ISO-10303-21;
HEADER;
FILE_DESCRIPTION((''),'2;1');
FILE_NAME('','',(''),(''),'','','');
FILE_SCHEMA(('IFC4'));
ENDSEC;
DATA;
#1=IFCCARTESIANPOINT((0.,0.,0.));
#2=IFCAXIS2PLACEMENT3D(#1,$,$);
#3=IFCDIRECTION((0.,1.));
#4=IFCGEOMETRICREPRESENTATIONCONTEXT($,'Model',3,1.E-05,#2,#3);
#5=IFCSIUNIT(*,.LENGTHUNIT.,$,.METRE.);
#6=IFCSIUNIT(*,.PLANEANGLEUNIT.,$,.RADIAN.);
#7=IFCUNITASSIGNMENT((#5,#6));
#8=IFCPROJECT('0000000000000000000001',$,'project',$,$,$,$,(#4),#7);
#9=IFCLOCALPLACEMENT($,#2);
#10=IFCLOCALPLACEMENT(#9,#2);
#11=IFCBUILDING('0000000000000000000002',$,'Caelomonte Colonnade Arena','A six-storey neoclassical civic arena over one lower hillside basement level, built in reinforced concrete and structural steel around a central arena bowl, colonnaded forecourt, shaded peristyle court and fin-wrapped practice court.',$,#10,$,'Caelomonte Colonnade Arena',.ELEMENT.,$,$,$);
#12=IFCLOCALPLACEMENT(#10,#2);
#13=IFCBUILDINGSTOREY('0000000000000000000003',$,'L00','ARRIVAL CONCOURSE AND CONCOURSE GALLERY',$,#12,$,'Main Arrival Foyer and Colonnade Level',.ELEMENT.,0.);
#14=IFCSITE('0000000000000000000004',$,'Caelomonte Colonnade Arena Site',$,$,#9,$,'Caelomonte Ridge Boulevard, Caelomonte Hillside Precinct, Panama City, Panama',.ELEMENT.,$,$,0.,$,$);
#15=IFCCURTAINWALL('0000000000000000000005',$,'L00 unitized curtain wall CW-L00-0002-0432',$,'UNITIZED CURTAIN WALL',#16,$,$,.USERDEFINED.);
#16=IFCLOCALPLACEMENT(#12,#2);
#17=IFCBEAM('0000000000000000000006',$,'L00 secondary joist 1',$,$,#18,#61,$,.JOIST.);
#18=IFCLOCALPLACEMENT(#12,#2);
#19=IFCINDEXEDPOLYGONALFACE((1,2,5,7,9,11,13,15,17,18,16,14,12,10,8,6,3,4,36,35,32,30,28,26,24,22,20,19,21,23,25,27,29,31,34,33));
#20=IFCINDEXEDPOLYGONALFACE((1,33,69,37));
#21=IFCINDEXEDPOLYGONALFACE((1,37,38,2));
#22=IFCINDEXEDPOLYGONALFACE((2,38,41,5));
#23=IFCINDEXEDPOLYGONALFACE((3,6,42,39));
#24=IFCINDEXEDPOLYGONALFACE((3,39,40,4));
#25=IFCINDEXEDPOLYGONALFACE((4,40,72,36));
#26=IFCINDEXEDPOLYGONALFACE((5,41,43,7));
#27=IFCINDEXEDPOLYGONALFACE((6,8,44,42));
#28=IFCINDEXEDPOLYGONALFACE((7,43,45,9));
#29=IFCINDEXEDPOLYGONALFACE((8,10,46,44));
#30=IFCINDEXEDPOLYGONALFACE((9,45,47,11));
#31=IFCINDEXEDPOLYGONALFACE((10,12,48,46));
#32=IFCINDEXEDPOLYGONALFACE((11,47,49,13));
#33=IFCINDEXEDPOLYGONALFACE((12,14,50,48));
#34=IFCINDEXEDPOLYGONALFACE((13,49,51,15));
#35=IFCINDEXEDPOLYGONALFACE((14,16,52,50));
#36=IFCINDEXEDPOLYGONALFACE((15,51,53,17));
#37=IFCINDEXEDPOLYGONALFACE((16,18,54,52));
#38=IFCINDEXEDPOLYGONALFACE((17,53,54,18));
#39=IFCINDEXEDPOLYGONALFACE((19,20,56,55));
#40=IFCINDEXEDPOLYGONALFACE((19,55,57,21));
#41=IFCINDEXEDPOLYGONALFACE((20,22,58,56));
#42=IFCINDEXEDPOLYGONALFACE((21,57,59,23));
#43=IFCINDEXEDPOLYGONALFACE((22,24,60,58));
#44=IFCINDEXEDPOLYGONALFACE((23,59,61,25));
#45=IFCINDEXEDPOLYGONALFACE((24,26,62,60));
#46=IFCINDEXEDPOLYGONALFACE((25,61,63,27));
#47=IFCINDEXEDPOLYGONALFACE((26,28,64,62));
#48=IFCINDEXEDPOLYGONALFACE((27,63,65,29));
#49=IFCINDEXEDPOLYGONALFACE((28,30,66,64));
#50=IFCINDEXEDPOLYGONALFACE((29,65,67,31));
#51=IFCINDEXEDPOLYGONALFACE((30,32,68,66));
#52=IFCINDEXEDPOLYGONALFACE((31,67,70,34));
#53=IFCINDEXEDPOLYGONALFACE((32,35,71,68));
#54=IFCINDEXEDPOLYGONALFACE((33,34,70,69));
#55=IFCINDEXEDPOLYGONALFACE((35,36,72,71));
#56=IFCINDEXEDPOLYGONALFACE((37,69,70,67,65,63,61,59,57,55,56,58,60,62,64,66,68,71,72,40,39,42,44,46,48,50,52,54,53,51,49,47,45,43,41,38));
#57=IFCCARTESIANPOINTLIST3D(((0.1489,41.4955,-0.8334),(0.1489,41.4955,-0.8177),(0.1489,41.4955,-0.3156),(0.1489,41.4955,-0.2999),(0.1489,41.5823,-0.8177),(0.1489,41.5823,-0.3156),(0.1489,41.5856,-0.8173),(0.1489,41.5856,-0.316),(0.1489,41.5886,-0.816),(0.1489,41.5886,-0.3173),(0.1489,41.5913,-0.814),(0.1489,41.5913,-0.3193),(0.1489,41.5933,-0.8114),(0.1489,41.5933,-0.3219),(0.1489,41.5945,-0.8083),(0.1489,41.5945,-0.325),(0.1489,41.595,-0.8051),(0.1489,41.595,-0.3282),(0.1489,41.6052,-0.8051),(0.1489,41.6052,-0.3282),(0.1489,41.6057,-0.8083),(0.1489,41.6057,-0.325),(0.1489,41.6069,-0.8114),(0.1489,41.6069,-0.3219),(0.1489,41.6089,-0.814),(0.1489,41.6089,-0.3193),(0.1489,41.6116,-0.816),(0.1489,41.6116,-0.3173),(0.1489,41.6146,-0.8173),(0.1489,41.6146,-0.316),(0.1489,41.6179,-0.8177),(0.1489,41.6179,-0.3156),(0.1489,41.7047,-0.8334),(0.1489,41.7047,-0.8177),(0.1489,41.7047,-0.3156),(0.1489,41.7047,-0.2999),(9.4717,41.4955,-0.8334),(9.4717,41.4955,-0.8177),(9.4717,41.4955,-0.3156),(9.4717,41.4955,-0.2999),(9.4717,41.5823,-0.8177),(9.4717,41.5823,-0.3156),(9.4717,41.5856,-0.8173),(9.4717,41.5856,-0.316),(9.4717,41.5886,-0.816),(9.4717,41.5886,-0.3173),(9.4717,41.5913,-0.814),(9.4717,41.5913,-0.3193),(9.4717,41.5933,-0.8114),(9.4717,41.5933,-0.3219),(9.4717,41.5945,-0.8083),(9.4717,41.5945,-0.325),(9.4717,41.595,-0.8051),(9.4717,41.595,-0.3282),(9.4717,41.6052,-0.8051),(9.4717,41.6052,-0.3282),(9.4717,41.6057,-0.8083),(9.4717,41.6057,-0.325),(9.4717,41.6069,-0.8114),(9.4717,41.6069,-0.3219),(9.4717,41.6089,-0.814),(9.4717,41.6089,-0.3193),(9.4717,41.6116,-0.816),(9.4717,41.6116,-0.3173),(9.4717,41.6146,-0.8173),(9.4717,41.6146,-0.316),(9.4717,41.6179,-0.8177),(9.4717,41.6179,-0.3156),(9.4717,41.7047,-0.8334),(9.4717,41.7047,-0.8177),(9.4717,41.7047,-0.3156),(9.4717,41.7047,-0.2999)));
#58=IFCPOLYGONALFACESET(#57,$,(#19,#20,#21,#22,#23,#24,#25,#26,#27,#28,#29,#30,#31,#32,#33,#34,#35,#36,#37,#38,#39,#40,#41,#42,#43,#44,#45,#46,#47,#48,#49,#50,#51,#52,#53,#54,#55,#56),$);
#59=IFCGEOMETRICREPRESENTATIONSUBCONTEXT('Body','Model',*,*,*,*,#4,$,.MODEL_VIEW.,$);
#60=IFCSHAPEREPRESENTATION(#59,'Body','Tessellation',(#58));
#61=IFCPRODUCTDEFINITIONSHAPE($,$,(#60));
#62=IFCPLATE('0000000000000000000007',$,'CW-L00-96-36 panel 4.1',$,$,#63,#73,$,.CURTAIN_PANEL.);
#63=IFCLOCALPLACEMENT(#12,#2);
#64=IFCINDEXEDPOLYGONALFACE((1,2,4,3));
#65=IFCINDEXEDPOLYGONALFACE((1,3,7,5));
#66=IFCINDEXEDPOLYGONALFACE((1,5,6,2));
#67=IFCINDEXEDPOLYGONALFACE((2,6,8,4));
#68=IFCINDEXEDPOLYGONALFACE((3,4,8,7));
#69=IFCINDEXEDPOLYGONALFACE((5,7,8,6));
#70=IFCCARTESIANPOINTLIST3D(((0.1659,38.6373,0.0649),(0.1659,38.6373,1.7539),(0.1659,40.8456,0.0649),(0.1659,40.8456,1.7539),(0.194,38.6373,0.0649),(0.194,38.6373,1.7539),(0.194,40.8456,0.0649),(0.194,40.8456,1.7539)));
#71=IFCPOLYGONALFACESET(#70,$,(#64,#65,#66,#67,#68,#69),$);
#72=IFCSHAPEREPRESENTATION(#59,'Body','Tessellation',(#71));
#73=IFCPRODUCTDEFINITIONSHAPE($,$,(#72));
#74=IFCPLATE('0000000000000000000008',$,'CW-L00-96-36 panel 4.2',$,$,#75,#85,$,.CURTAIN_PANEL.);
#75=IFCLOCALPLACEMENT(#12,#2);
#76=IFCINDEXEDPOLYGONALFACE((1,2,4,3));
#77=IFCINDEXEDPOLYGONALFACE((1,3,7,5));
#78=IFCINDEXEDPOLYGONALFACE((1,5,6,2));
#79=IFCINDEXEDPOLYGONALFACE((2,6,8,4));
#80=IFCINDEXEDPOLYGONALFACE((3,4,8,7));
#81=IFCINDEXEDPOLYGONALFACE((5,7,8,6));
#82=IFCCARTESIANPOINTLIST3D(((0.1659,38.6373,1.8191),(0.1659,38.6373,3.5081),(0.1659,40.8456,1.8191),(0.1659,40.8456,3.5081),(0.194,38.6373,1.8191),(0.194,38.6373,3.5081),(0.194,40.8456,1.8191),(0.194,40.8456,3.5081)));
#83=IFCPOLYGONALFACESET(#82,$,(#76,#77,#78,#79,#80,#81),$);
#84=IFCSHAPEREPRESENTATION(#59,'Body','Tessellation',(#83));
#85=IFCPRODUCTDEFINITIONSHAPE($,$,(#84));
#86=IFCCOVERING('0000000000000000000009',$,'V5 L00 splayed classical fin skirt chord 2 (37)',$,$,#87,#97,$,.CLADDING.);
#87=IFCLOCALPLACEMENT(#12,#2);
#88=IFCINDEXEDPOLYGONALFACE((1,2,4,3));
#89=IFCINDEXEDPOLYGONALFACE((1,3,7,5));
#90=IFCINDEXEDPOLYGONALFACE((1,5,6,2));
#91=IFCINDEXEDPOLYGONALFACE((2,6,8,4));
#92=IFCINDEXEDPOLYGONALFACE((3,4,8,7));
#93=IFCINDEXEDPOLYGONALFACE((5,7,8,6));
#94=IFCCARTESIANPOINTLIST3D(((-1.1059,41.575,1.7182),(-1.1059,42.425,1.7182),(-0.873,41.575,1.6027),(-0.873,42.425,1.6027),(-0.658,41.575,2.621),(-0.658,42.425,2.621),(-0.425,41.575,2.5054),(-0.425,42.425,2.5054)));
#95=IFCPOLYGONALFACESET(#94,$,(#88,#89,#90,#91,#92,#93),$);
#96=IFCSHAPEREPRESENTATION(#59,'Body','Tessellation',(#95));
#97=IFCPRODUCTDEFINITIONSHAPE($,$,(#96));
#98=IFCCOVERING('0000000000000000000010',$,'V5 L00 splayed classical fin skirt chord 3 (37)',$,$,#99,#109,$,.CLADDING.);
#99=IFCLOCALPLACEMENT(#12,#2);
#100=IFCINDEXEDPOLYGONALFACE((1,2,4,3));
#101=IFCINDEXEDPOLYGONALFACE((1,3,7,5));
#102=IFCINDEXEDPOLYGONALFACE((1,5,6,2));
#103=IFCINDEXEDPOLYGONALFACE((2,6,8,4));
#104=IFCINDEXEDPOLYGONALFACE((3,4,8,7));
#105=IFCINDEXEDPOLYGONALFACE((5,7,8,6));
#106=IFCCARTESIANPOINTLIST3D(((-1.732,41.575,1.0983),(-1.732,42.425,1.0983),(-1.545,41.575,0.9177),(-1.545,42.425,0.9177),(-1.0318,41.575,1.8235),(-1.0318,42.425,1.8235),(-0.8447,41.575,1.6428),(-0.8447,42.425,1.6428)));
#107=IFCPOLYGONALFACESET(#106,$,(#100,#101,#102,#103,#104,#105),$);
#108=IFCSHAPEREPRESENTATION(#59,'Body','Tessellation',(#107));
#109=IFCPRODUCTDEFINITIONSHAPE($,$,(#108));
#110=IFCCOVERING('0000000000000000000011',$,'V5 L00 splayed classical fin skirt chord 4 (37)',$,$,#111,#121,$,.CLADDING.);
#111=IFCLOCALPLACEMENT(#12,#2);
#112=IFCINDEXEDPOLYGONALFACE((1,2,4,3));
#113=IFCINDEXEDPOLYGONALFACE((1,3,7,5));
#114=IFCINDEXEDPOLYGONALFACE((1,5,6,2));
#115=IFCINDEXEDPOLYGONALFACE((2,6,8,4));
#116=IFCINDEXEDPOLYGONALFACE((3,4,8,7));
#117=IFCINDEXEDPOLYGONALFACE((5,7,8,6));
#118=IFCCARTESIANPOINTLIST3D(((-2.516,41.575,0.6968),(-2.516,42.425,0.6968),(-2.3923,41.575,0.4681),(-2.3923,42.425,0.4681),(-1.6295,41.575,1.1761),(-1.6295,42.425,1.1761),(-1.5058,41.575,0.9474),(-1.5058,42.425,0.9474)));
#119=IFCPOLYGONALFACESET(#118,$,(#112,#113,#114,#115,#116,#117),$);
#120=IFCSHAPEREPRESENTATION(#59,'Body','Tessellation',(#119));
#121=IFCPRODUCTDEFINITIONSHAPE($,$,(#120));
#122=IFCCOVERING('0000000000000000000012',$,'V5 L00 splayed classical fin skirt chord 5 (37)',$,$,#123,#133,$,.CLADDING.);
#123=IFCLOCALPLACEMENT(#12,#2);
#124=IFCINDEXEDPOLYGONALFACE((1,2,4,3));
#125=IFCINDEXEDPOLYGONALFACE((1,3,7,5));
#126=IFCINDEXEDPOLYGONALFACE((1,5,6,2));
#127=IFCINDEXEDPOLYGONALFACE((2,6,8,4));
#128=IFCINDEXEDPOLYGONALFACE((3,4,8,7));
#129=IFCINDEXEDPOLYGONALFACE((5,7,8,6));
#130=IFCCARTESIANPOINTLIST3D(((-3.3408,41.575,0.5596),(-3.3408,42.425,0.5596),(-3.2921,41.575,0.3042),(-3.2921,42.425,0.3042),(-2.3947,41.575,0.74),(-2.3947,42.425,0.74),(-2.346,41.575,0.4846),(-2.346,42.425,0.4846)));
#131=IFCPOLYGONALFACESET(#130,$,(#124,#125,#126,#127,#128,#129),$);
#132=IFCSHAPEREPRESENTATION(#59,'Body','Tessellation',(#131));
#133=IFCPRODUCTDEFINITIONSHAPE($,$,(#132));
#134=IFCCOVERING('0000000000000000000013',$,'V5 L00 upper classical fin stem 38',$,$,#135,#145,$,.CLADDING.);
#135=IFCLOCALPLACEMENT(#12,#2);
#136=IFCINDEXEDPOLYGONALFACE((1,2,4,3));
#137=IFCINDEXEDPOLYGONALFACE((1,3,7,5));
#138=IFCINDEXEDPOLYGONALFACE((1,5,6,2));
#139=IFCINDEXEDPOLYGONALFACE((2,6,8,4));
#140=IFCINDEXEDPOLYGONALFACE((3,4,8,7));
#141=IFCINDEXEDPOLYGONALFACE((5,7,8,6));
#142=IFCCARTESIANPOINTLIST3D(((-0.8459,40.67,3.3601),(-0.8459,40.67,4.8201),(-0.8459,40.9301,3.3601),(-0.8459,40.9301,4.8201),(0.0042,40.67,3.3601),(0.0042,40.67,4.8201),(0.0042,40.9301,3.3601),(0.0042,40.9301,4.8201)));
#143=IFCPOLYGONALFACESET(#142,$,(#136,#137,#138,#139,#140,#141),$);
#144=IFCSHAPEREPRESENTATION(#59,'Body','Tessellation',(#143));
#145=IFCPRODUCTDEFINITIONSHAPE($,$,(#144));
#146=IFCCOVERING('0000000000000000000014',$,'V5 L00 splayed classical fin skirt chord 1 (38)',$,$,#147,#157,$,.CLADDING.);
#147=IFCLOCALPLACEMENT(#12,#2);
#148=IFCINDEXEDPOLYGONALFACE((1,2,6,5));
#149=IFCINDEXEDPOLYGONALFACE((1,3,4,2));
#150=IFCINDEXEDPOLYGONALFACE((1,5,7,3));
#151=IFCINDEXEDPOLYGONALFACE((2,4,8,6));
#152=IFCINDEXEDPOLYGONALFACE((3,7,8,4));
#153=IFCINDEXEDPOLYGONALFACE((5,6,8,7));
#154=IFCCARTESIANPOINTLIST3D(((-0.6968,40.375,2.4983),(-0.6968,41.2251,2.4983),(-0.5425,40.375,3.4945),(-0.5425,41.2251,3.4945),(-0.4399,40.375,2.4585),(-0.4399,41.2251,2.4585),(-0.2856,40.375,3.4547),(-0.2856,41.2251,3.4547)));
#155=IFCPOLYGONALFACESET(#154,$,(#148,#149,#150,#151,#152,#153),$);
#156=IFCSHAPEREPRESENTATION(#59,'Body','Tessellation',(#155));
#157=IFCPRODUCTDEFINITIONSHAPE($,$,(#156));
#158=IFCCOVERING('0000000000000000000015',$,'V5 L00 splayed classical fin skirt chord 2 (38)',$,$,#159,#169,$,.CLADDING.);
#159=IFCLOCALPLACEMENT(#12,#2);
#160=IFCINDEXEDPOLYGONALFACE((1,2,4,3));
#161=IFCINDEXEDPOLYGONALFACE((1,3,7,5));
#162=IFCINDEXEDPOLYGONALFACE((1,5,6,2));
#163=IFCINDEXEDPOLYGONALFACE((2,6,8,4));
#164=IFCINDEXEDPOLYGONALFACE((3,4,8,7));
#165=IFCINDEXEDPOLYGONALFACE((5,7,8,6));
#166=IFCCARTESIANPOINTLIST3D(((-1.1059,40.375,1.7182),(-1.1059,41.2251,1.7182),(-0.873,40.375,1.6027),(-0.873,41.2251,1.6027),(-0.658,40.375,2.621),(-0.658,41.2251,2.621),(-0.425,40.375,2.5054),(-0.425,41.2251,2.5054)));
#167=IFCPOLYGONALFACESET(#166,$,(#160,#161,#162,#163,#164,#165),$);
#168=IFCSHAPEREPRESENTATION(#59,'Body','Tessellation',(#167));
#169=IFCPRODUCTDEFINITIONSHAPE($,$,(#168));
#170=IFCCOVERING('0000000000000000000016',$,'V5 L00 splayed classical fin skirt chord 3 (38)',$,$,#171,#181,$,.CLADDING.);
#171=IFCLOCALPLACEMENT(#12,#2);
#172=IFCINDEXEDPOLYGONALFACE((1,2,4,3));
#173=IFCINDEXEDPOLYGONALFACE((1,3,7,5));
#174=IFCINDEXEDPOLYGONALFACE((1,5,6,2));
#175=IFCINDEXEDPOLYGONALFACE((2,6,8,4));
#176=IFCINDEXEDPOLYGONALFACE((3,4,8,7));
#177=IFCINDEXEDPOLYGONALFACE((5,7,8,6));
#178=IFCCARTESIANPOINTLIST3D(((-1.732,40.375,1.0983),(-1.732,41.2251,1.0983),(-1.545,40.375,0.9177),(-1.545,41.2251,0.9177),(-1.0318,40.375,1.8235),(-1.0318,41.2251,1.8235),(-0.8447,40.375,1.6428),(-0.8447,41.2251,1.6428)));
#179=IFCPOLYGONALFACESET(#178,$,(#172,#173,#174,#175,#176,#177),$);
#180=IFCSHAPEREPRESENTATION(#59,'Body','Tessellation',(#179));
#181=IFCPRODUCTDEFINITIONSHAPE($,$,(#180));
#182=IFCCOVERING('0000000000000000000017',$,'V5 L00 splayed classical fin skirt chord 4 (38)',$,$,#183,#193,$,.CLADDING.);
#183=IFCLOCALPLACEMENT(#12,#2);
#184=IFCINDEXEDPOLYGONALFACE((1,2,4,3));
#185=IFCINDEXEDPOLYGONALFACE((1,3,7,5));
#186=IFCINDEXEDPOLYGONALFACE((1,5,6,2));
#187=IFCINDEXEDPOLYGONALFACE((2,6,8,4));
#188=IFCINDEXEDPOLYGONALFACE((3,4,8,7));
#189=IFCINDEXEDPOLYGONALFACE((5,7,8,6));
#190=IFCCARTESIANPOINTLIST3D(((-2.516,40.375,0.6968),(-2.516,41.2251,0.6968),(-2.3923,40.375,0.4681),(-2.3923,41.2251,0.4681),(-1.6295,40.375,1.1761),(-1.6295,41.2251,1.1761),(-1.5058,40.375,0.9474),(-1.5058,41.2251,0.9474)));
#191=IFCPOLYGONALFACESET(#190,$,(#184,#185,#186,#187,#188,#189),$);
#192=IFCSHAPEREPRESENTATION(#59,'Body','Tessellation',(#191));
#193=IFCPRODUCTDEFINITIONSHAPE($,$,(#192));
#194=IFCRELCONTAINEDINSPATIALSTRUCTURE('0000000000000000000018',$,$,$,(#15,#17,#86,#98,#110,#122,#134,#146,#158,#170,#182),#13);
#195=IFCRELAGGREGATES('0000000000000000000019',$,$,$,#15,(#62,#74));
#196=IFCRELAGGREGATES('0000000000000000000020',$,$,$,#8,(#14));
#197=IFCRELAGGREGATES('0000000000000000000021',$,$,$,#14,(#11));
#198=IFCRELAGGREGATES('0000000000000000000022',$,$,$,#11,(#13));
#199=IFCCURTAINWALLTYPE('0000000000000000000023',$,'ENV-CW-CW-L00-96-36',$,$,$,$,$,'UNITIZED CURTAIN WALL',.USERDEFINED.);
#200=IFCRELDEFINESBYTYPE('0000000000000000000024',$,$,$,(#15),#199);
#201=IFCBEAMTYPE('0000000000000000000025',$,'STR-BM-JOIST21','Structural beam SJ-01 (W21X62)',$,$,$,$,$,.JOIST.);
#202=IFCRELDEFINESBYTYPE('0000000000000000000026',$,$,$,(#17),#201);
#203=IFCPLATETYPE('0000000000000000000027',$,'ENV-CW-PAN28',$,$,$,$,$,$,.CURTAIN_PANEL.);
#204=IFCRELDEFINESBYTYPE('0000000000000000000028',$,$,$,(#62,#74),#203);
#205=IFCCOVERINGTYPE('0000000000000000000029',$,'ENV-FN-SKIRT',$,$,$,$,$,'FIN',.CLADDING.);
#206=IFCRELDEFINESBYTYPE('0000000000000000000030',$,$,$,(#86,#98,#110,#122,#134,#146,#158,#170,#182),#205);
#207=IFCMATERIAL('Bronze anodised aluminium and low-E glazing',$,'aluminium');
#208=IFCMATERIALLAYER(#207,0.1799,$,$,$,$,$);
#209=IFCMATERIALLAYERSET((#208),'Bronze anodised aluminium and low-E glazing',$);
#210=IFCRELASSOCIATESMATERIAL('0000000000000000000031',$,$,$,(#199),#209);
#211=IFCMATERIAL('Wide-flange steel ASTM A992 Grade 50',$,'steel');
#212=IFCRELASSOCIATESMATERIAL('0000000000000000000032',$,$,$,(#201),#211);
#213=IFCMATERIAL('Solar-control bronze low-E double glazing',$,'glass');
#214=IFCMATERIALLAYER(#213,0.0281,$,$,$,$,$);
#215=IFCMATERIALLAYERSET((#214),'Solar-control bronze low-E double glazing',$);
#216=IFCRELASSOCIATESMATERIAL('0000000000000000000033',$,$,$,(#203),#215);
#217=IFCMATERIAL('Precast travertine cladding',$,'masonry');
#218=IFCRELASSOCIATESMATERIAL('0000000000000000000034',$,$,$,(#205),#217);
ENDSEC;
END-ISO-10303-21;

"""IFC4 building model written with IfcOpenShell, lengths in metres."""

from ifc_helpers import new_model, si_unit, direction, frame, origin, origin_2d, place, context, subcontext, project, spatial, rectangle, i_section, extrude, material, layer, layer_set, material_profile, profile_set, type_object, element, aggregate, save


model = new_model("IFC4")

# Units and contexts
model_context = context("Model", 3, precision=1e-05, world=origin(), true_north=direction((0.0, 1.0)))
body_context = subcontext(model_context, "Body", "Model", "MODEL_VIEW")
ifc_project = project(units=[si_unit("LENGTHUNIT", "METRE"), si_unit("PLANEANGLEUNIT", "RADIAN")], contexts=[model_context])

# Site, building, storey
site_placement = place(None, origin())
site = spatial("IfcSite", under=ifc_project, at=site_placement, Name="Caelomonte Colonnade Arena Site", LongName="Caelomonte Ridge Boulevard, Caelomonte Hillside Precinct, Panama City, Panama", CompositionType="ELEMENT", RefElevation=0.0)
building_placement = place(site_placement, origin())
building = spatial("IfcBuilding", under=site, at=building_placement, Name="Caelomonte Colonnade Arena", Description="A six-storey neoclassical civic arena over one lower hillside basement level, built in reinforced concrete and structural steel around a central arena bowl, colonnaded forecourt, shaded peristyle court and fin-wrapped practice court.", LongName="Caelomonte Colonnade Arena", CompositionType="ELEMENT")
storey_placement = place(building_placement, origin())
storey = spatial("IfcBuildingStorey", under=building, at=storey_placement, Name="L00", Description="ARRIVAL CONCOURSE AND CONCOURSE GALLERY", LongName="Main Arrival Foyer and Colonnade Level", CompositionType="ELEMENT", Elevation=0.0)

# Curtain wall
ifc_material_1 = material(Name="Bronze anodised aluminium and low-E glazing", Category="aluminium")
ifc_layer_1 = layer(ifc_material_1, 0.1799)
ifc_layer_set_1 = layer_set([ifc_layer_1], Name="Bronze anodised aluminium and low-E glazing")
curtain_wall_type = type_object("IfcCurtainWallType", Name="ENV-CW-CW-L00-96-36", ElementType="UNITIZED CURTAIN WALL", PredefinedType="USERDEFINED", material=ifc_layer_set_1)
curtain_wall_placement = place(storey_placement, origin())
curtain_wall = element("IfcCurtainWall", 1, at=curtain_wall_placement, inside=storey, type_object=curtain_wall_type, Name="L00 unitized curtain wall CW-L00-0002-0432", ObjectType="UNITIZED CURTAIN WALL", PredefinedType="USERDEFINED")

# Beam
ifc_material_2 = material(Name="Wide-flange steel ASTM A992 Grade 50", Category="steel")
ifc_material_profile_1 = material_profile(ifc_material_2, i_section(OverallWidth=0.2092, OverallDepth=0.5334, WebThickness=0.0103, FlangeThickness=0.0156, FilletRadius=0.0127, at=origin_2d()), Name="W21X62")
ifc_profile_set_1 = profile_set([ifc_material_profile_1], Name="Wide-flange steel ASTM A992 Grade 50")
beam_type_1 = type_object("IfcBeamType", Name="STR-BM-JOIST21", Description="Structural beam SJ-01 (W21X62)", PredefinedType="JOIST", material=ifc_profile_set_1)
beam_1_placement = place(storey_placement, frame((0.1489, 41.6001, -0.5667), z_axis=(1.0, 0.0, 0.0), x_axis=(0.0, 1.0, 0.0)))
element("IfcBeam", 2, at=beam_1_placement, inside=storey, type_object=beam_type_1, Name="L00 secondary joist 1", PredefinedType="JOIST", context=body_context, shape_type="SweptSolid", body=[
    extrude(i_section(OverallWidth=0.2092, OverallDepth=0.5334, WebThickness=0.0103, FlangeThickness=0.0156, FilletRadius=0.0127, at=origin_2d()), origin(), (0.0, 0.0, 1.0), 9.3228),
])

# Plates
ifc_material_3 = material(Name="Solar-control bronze low-E double glazing", Category="glass")
ifc_layer_2 = layer(ifc_material_3, 0.0281)
ifc_layer_set_2 = layer_set([ifc_layer_2], Name="Solar-control bronze low-E double glazing")
plate_type = type_object("IfcPlateType", Name="ENV-CW-PAN28", PredefinedType="CURTAIN_PANEL", material=ifc_layer_set_2)
plate_1_placement = place(storey_placement, frame((0.1799, 39.7415, 0.0649), z_axis=(0.0, 0.0, 1.0), x_axis=(0.0, -1.0, 0.0)))
plate_1 = element("IfcPlate", 3, at=plate_1_placement, type_object=plate_type, Name="CW-L00-96-36 panel 4.1", PredefinedType="CURTAIN_PANEL", context=body_context, shape_type="SweptSolid", body=[
    extrude(rectangle(XDim=2.2083, YDim=0.0281, at=origin_2d()), origin(), (0.0, 0.0, 1.0), 1.689),
])
plate_2_placement = place(storey_placement, frame((0.1799, 39.7415, 1.8191), z_axis=(0.0, 0.0, 1.0), x_axis=(0.0, -1.0, 0.0)))
plate_2 = element("IfcPlate", 4, at=plate_2_placement, type_object=plate_type, Name="CW-L00-96-36 panel 4.2", PredefinedType="CURTAIN_PANEL", context=body_context, shape_type="SweptSolid", body=[
    extrude(rectangle(XDim=2.2083, YDim=0.0281, at=origin_2d()), origin(), (0.0, 0.0, 1.0), 1.689),
])
aggregate(curtain_wall, [plate_1, plate_2])

# Coverings
ifc_material_4 = material(Name="Precast travertine cladding", Category="masonry")
ifc_material_profile_2 = material_profile(ifc_material_4, rectangle(XDim=0.26, YDim=0.8501, at=origin_2d()), Name="FIN260X850")
ifc_profile_set_2 = profile_set([ifc_material_profile_2], Name="Precast travertine cladding")
covering_type = type_object("IfcCoveringType", Name="ENV-FN-SKIRT", ElementType="FIN", PredefinedType="CLADDING", material=ifc_profile_set_2)
covering_1_placement = place(storey_placement, frame((-0.5415, 42.0, 2.5632), z_axis=(-0.444499, 0.0, -0.89578), x_axis=(-0.89578, 0.0, 0.444499)))
element("IfcCovering", 5, at=covering_1_placement, inside=storey, type_object=covering_type, Name="V5 L00 splayed classical fin skirt chord 2 (37)", PredefinedType="CLADDING", context=body_context, shape_type="SweptSolid", body=[
    extrude(rectangle(XDim=0.26, YDim=0.8501, at=origin_2d()), origin(), (0.0, 0.0, 1.0), 1.0078),
])
covering_2_placement = place(storey_placement, frame((-0.9382, 42.0, 1.7332), z_axis=(-0.694646, 0.0, -0.719351), x_axis=(-0.719351, 0.0, 0.694646)))
element("IfcCovering", 6, at=covering_2_placement, inside=storey, type_object=covering_type, Name="V5 L00 splayed classical fin skirt chord 3 (37)", PredefinedType="CLADDING", context=body_context, shape_type="SweptSolid", body=[
    extrude(rectangle(XDim=0.26, YDim=0.8501, at=origin_2d()), origin(), (0.0, 0.0, 1.0), 1.0081),
])
covering_3_placement = place(storey_placement, frame((-1.5676, 42.0, 1.0618), z_axis=(-0.879676, 0.0, -0.475573), x_axis=(-0.475573, 0.0, 0.879676)))
element("IfcCovering", 7, at=covering_3_placement, inside=storey, type_object=covering_type, Name="V5 L00 splayed classical fin skirt chord 4 (37)", PredefinedType="CLADDING", context=body_context, shape_type="SweptSolid", body=[
    extrude(rectangle(XDim=0.26, YDim=0.8501, at=origin_2d()), origin(), (0.0, 0.0, 1.0), 1.0078),
])
covering_4_placement = place(storey_placement, frame((-2.3704, 42.0, 0.6123), z_axis=(-0.982296, 0.0, -0.187333), x_axis=(-0.187333, 0.0, 0.982296)))
element("IfcCovering", 8, at=covering_4_placement, inside=storey, type_object=covering_type, Name="V5 L00 splayed classical fin skirt chord 5 (37)", PredefinedType="CLADDING", context=body_context, shape_type="SweptSolid", body=[
    extrude(rectangle(XDim=0.26, YDim=0.8501, at=origin_2d()), origin(), (0.0, 0.0, 1.0), 0.9631),
])
covering_5_placement = place(storey_placement, frame((-0.4209, 40.8, 3.3601), z_axis=(0.0, 0.0, 1.0), x_axis=(0.0, 1.0, 0.0)))
element("IfcCovering", 9, at=covering_5_placement, inside=storey, type_object=covering_type, Name="V5 L00 upper classical fin stem 38", PredefinedType="CLADDING", context=body_context, shape_type="SweptSolid", body=[
    extrude(rectangle(XDim=0.26, YDim=0.8501, at=origin_2d()), origin(), (0.0, 0.0, 1.0), 1.46),
])
covering_6_placement = place(storey_placement, frame((-0.4141, 40.8, 3.4746), z_axis=(-0.153076, 0.0, -0.988214), x_axis=(-0.988214, 0.0, 0.153076)))
element("IfcCovering", 10, at=covering_6_placement, inside=storey, type_object=covering_type, Name="V5 L00 splayed classical fin skirt chord 1 (38)", PredefinedType="CLADDING", context=body_context, shape_type="SweptSolid", body=[
    extrude(rectangle(XDim=0.26, YDim=0.8501, at=origin_2d()), origin(), (0.0, 0.0, 1.0), 1.0081),
])
covering_7_placement = place(storey_placement, frame((-0.5415, 40.8, 2.5632), z_axis=(-0.444499, 0.0, -0.89578), x_axis=(-0.89578, 0.0, 0.444499)))
element("IfcCovering", 11, at=covering_7_placement, inside=storey, type_object=covering_type, Name="V5 L00 splayed classical fin skirt chord 2 (38)", PredefinedType="CLADDING", context=body_context, shape_type="SweptSolid", body=[
    extrude(rectangle(XDim=0.26, YDim=0.8501, at=origin_2d()), origin(), (0.0, 0.0, 1.0), 1.0078),
])
covering_8_placement = place(storey_placement, frame((-0.9382, 40.8, 1.7332), z_axis=(-0.694646, 0.0, -0.719351), x_axis=(-0.719351, 0.0, 0.694646)))
element("IfcCovering", 12, at=covering_8_placement, inside=storey, type_object=covering_type, Name="V5 L00 splayed classical fin skirt chord 3 (38)", PredefinedType="CLADDING", context=body_context, shape_type="SweptSolid", body=[
    extrude(rectangle(XDim=0.26, YDim=0.8501, at=origin_2d()), origin(), (0.0, 0.0, 1.0), 1.0081),
])
covering_9_placement = place(storey_placement, frame((-1.5676, 40.8, 1.0618), z_axis=(-0.879676, 0.0, -0.475573), x_axis=(-0.475573, 0.0, 0.879676)))
element("IfcCovering", 13, at=covering_9_placement, inside=storey, type_object=covering_type, Name="V5 L00 splayed classical fin skirt chord 4 (38)", PredefinedType="CLADDING", context=body_context, shape_type="SweptSolid", body=[
    extrude(rectangle(XDim=0.26, YDim=0.8501, at=origin_2d()), origin(), (0.0, 0.0, 1.0), 1.0078),
])

save(model, "model.ifc")
